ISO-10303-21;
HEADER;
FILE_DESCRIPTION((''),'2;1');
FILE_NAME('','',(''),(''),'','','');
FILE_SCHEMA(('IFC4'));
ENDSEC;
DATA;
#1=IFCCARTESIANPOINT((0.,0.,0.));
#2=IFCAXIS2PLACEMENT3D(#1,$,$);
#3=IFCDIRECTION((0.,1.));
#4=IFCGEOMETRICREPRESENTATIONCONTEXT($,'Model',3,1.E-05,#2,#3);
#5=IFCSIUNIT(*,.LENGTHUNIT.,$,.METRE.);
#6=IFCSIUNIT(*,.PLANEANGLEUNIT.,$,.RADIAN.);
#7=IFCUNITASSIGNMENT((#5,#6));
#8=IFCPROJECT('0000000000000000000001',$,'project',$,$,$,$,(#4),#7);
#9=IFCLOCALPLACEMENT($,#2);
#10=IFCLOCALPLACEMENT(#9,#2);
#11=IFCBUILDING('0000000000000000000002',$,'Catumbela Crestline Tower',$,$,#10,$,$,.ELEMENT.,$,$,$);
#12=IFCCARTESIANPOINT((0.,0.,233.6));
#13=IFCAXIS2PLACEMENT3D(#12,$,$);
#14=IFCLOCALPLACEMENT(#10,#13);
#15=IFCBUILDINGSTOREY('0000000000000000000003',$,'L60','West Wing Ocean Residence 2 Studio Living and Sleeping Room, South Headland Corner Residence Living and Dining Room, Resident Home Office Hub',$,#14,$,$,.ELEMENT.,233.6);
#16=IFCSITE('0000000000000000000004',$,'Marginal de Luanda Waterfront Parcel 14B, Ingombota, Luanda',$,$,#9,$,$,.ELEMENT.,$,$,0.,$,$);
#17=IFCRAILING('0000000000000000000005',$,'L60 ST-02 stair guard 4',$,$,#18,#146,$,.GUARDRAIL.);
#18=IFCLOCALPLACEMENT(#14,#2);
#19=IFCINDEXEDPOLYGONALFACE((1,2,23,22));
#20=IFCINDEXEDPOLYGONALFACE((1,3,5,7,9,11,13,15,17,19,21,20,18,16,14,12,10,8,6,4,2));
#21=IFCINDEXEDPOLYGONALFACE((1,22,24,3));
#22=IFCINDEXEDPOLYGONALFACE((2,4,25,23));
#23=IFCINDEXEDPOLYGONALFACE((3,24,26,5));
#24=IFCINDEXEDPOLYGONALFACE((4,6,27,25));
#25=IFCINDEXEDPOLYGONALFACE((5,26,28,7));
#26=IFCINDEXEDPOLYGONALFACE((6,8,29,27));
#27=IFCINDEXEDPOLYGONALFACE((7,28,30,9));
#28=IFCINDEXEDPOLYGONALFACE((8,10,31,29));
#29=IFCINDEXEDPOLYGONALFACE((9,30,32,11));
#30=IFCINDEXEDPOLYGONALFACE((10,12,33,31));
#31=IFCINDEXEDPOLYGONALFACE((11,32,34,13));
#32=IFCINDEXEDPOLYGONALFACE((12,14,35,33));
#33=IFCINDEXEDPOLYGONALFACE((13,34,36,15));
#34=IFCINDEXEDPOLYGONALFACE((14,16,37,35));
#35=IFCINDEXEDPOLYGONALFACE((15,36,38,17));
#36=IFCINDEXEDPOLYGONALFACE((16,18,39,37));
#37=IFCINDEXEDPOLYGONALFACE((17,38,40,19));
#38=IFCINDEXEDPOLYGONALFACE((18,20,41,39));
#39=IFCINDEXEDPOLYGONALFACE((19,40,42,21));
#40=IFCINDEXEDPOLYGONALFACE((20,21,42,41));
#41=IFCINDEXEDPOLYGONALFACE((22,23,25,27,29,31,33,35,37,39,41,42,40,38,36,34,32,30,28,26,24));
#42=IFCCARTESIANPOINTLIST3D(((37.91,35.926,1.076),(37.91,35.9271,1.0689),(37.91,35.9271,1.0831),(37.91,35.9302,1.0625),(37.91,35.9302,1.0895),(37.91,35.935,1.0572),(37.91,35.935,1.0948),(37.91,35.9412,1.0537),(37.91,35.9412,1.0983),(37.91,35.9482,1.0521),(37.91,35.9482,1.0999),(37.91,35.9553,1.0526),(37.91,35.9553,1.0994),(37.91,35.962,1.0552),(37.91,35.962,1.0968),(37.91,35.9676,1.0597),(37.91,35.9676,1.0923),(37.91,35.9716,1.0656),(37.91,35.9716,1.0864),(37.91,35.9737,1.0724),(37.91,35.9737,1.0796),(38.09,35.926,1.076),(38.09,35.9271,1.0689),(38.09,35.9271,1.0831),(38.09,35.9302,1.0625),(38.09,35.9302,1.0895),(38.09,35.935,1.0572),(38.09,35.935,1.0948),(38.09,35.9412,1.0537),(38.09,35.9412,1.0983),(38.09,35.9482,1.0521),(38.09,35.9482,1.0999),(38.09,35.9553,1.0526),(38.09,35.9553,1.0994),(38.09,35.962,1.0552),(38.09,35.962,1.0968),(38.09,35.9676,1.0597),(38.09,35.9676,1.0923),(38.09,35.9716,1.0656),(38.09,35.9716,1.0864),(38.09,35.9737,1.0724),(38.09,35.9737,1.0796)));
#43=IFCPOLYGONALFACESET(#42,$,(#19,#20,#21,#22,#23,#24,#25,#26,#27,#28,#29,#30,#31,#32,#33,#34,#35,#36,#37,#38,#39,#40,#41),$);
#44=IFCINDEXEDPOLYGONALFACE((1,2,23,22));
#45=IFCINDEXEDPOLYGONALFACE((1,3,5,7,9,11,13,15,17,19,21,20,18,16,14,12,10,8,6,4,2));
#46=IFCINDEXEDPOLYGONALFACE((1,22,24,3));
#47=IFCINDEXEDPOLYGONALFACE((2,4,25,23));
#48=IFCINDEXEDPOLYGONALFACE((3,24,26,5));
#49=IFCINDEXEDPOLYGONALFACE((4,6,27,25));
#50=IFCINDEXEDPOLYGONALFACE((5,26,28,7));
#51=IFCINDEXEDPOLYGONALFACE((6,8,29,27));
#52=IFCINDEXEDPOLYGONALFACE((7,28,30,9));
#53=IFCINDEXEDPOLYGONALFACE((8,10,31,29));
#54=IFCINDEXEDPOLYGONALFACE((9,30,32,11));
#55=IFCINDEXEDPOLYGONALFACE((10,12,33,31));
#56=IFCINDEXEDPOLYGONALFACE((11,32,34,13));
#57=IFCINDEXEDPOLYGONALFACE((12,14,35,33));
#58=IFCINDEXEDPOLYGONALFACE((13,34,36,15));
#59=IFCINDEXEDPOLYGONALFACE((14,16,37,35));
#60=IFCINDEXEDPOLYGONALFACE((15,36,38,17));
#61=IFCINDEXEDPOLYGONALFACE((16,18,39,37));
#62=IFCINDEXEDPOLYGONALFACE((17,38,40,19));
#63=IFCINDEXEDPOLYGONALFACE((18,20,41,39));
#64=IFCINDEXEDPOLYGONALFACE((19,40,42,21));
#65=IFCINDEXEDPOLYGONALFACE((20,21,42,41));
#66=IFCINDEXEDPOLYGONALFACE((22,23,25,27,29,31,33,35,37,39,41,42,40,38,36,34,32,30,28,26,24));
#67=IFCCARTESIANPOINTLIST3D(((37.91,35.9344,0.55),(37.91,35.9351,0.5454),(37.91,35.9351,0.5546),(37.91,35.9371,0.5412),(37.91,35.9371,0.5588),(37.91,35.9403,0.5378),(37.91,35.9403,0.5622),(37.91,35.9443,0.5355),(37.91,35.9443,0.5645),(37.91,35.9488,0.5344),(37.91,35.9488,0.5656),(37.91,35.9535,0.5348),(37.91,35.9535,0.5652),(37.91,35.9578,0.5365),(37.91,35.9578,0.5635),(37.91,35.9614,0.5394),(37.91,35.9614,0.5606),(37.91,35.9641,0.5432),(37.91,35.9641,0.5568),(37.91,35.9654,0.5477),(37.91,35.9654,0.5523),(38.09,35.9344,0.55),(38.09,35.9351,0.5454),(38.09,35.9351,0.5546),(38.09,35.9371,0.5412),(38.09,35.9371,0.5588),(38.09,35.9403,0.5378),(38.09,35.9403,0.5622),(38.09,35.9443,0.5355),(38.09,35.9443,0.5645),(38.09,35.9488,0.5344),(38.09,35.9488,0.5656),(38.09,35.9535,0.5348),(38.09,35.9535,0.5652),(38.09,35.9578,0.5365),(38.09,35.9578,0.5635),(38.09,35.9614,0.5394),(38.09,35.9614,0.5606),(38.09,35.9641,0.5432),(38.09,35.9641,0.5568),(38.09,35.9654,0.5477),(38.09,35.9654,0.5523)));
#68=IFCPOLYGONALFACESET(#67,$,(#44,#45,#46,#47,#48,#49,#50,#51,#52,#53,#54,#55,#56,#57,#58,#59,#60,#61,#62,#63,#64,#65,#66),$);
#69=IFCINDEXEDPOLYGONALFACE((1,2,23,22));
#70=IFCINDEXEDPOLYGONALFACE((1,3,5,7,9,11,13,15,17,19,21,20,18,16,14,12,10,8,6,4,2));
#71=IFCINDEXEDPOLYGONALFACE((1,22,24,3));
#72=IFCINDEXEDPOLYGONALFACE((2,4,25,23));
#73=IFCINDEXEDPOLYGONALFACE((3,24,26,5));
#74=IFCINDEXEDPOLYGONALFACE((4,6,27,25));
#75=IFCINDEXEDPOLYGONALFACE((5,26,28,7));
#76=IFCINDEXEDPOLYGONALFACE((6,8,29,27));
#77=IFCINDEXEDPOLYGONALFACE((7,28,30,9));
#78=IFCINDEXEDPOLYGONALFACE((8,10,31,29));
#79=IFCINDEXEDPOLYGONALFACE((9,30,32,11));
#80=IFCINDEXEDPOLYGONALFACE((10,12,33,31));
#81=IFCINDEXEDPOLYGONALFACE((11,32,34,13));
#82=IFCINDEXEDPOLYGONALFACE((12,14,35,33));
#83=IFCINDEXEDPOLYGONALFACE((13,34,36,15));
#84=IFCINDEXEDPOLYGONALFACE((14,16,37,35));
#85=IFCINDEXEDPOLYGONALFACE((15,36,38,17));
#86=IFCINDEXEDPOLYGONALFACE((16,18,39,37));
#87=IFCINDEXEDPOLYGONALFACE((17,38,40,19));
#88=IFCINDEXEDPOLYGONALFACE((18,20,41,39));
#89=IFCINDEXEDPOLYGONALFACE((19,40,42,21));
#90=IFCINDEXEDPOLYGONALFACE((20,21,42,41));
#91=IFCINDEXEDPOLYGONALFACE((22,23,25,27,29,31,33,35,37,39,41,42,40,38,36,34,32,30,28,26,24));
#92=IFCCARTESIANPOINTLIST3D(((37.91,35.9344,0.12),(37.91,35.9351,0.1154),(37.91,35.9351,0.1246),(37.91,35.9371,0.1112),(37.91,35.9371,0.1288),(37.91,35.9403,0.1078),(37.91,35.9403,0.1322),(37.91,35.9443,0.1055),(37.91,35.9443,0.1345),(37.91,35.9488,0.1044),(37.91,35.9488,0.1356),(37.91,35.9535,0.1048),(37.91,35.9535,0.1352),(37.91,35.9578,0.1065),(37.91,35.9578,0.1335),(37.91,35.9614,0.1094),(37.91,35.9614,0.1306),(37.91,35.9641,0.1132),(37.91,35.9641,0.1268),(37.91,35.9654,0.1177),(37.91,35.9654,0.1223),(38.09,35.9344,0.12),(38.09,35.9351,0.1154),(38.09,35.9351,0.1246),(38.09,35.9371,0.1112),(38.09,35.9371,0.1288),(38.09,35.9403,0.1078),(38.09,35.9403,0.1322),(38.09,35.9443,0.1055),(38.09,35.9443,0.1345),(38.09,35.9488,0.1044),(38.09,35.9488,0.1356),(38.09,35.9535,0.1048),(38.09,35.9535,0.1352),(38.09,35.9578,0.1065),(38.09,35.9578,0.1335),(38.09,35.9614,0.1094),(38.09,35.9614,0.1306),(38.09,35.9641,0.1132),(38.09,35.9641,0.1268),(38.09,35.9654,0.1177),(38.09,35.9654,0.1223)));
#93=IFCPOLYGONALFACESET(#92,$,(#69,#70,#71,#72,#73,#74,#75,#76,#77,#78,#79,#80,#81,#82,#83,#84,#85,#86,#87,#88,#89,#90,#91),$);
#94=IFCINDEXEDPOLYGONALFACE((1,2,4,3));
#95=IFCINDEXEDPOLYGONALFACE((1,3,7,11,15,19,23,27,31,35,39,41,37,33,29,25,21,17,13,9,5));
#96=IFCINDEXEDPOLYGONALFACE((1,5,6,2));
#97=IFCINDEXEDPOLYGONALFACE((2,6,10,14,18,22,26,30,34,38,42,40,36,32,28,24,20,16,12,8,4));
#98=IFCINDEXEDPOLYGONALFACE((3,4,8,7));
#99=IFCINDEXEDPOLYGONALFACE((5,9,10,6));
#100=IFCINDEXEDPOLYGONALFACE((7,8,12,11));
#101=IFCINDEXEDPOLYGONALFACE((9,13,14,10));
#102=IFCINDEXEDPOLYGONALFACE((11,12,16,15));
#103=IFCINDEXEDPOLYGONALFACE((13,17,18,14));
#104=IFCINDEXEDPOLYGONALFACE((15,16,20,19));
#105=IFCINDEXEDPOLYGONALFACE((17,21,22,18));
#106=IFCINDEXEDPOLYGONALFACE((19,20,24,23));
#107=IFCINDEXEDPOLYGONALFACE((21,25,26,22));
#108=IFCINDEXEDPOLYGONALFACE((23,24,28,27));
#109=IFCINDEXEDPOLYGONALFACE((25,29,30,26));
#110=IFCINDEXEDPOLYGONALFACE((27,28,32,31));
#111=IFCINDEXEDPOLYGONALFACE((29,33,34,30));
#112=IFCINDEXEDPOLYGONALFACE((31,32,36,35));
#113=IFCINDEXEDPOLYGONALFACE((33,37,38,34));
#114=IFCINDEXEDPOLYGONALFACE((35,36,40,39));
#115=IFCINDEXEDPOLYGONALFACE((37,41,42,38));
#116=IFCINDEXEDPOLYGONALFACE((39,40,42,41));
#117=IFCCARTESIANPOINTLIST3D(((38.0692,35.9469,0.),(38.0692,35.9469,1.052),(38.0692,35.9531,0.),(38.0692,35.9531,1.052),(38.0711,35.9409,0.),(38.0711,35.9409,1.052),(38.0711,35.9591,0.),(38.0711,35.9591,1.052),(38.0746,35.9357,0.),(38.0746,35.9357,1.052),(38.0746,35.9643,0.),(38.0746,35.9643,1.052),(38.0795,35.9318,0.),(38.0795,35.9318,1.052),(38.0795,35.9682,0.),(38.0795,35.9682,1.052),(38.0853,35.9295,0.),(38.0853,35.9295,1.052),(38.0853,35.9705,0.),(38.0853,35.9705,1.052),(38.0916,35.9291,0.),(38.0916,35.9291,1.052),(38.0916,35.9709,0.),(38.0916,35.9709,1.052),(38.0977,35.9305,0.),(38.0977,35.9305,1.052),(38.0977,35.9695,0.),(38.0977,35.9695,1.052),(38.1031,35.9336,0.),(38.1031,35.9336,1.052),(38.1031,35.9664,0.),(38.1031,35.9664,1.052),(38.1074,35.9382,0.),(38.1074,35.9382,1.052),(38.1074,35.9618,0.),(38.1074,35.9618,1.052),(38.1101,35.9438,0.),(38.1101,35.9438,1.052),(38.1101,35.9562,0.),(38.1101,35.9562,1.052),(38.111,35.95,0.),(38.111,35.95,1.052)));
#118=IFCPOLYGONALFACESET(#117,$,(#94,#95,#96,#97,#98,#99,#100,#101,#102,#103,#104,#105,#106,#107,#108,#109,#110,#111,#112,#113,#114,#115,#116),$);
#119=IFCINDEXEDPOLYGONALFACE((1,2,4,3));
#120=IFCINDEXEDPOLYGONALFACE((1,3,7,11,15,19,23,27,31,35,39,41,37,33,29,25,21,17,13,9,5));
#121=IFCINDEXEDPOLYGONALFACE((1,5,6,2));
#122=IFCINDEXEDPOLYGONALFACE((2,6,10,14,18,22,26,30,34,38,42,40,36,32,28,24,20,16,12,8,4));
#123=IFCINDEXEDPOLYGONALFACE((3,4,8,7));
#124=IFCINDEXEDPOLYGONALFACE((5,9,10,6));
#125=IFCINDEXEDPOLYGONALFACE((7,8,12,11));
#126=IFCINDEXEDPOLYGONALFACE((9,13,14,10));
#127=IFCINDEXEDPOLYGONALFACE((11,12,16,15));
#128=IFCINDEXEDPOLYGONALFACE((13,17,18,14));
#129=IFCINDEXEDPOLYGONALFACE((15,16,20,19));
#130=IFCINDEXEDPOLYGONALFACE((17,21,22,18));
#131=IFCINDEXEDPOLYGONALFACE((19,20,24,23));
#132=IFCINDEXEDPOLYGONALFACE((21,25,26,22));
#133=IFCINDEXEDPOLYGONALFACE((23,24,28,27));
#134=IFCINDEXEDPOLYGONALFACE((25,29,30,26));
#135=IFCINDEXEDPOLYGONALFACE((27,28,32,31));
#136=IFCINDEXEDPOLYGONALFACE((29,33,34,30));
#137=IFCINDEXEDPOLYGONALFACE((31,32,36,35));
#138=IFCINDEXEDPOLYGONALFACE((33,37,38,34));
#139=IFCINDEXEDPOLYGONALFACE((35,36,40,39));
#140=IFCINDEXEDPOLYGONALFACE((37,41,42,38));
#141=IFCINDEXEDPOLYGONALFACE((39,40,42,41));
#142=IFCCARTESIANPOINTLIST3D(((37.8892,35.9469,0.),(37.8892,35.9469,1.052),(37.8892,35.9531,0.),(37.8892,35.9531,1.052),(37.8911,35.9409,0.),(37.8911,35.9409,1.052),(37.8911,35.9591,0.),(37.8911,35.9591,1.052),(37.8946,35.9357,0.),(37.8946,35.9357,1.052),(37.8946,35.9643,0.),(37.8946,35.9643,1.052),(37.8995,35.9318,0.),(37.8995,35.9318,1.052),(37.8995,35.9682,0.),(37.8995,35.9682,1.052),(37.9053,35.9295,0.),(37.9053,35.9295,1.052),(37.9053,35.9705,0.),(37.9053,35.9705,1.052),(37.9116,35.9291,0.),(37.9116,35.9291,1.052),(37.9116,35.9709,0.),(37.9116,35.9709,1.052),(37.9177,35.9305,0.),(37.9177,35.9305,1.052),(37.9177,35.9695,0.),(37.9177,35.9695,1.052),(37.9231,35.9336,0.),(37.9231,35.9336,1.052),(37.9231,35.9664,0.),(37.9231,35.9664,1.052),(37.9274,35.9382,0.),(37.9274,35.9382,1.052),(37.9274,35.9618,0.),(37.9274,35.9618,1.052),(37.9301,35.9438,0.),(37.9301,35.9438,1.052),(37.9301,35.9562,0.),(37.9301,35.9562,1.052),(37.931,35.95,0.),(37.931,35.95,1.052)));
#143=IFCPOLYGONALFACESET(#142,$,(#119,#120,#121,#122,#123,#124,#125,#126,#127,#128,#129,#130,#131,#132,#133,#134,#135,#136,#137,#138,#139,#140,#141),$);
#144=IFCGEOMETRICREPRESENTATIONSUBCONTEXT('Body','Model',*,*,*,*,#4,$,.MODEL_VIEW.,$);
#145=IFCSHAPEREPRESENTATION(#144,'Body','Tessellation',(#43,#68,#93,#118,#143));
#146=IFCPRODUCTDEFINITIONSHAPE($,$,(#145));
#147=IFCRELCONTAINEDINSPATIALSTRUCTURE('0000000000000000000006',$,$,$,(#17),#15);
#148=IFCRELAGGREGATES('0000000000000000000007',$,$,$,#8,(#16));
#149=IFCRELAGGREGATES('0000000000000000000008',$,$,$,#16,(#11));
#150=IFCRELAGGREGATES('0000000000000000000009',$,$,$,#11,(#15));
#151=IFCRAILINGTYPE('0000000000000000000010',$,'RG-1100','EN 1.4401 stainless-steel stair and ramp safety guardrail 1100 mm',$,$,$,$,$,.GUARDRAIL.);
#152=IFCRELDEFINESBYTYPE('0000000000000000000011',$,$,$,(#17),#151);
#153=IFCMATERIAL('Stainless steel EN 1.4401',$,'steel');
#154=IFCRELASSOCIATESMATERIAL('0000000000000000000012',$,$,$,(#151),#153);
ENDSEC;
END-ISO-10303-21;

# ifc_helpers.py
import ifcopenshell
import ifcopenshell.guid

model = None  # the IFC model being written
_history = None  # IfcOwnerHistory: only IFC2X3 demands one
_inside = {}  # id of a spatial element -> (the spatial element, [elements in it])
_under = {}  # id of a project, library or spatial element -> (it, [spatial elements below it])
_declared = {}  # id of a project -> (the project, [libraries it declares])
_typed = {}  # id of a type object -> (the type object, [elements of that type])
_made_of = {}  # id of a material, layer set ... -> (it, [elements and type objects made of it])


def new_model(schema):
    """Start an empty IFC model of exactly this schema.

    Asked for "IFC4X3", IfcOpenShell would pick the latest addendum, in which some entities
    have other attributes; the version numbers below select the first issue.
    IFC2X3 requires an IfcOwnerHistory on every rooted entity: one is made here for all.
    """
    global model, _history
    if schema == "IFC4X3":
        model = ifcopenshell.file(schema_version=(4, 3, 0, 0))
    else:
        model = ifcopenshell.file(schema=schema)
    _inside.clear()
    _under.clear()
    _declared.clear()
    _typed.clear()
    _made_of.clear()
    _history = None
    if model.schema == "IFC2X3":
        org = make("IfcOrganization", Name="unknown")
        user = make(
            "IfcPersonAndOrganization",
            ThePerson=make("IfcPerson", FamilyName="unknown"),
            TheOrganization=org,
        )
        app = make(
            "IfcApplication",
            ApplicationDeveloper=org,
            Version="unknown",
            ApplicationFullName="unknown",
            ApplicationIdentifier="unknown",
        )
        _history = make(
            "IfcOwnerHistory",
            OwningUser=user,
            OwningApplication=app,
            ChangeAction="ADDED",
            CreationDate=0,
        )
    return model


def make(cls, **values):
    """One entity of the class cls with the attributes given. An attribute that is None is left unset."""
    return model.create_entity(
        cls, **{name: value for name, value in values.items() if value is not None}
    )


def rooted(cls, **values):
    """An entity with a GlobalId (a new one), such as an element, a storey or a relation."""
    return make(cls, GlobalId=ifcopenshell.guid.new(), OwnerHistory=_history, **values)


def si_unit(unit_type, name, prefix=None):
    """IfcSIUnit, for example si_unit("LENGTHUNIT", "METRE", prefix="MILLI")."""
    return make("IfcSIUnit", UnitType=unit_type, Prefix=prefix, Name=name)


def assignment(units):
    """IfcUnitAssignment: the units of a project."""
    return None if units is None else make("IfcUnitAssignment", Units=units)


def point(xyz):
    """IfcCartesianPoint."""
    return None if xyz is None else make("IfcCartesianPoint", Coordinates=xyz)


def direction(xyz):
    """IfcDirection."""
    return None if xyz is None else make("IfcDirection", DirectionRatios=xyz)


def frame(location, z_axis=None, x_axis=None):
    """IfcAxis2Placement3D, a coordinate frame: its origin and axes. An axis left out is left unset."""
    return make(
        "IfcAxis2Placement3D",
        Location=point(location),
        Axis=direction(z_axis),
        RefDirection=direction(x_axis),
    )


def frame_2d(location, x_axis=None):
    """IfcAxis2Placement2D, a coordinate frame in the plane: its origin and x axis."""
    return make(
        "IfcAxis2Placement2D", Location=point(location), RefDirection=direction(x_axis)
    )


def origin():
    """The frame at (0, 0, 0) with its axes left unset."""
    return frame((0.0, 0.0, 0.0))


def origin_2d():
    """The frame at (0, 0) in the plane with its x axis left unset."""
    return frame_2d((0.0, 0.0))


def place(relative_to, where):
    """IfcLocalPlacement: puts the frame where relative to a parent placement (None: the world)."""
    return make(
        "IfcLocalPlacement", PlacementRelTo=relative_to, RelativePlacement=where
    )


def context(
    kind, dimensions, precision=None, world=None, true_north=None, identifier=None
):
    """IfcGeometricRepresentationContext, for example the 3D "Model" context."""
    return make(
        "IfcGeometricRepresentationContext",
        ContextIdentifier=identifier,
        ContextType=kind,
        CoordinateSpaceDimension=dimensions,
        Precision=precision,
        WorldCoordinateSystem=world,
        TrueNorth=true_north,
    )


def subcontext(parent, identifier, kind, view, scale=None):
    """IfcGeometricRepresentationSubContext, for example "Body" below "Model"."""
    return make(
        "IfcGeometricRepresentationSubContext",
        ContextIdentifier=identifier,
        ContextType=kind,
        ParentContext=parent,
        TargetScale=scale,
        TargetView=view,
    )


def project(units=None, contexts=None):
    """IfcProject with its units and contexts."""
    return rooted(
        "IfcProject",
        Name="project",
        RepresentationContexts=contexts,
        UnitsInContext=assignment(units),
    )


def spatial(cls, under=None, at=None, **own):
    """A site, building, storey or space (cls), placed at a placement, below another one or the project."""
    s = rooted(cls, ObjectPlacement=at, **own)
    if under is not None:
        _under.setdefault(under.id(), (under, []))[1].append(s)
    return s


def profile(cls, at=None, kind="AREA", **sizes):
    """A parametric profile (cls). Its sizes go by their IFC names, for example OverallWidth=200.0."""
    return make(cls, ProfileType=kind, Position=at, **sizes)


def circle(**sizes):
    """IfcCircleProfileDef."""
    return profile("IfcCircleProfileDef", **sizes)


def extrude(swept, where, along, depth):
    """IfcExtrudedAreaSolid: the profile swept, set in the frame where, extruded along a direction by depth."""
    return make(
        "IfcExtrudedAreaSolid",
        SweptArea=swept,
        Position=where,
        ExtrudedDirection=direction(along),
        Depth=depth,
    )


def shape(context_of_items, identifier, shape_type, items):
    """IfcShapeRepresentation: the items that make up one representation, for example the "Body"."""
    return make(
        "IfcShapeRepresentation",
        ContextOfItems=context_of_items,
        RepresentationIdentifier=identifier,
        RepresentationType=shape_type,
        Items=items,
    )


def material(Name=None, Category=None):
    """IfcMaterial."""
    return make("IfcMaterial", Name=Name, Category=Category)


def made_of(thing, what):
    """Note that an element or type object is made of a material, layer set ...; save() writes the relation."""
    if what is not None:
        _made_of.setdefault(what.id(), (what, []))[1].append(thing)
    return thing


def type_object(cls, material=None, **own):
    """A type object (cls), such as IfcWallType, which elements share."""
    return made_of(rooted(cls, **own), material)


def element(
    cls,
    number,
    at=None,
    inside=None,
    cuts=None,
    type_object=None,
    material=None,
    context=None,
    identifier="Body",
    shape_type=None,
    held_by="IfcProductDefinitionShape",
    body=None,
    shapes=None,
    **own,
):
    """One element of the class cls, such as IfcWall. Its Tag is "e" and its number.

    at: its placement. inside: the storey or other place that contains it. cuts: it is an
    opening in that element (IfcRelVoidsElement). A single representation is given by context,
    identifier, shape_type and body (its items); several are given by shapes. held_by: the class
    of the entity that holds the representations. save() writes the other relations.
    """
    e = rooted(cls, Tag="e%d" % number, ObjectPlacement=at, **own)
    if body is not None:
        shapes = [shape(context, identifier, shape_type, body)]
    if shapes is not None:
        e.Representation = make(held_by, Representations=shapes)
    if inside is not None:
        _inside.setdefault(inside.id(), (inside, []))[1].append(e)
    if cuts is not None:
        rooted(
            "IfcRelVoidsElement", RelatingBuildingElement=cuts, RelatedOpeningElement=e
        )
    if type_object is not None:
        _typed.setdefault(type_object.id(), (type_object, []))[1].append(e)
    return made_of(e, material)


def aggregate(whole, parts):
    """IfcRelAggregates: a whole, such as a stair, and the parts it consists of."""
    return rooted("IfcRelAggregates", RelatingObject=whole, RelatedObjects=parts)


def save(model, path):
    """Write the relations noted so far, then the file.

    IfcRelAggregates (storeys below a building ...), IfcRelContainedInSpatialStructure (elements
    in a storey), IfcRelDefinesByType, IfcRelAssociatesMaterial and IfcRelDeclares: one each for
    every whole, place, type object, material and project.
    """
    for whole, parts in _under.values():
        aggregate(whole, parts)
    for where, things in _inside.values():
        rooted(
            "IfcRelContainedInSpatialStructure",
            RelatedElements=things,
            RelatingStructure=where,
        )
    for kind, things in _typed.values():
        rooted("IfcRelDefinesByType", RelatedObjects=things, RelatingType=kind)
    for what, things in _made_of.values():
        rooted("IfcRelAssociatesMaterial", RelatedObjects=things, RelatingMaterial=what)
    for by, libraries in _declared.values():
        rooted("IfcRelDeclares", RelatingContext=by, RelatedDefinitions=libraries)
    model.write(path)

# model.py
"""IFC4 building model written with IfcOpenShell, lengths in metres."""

from ifc_helpers import new_model, si_unit, direction, frame, origin, origin_2d, place, context, subcontext, project, spatial, circle, extrude, material, type_object, element, save


model = new_model("IFC4")

# Units and contexts
model_context = context("Model", 3, precision=1e-05, world=origin(), true_north=direction((0.0, 1.0)))
body_context = subcontext(model_context, "Body", "Model", "MODEL_VIEW")
ifc_project = project(units=[si_unit("LENGTHUNIT", "METRE"), si_unit("PLANEANGLEUNIT", "RADIAN")], contexts=[model_context])

# Site, building, storey
site_placement = place(None, origin())
site = spatial("IfcSite", under=ifc_project, at=site_placement, Name="Marginal de Luanda Waterfront Parcel 14B, Ingombota, Luanda", CompositionType="ELEMENT", RefElevation=0.0)
building_placement = place(site_placement, origin())
building = spatial("IfcBuilding", under=site, at=building_placement, Name="Catumbela Crestline Tower", CompositionType="ELEMENT")
storey_placement = place(building_placement, frame((0.0, 0.0, 233.6)))
storey = spatial("IfcBuildingStorey", under=building, at=storey_placement, Name="L60", Description="West Wing Ocean Residence 2 Studio Living and Sleeping Room, South Headland Corner Residence Living and Dining Room, Resident Home Office Hub", CompositionType="ELEMENT", Elevation=233.6)

# Railing
ifc_material_1 = material(Name="Stainless steel EN 1.4401", Category="steel")
railing_type_1 = type_object("IfcRailingType", Name="RG-1100", Description="EN 1.4401 stainless-steel stair and ramp safety guardrail 1100 mm", PredefinedType="GUARDRAIL", material=ifc_material_1)
for number, where, name in (
    (1, (38.09, 35.95, 0.0), "L60 ST-02 stair guard 4"),
):
    element("IfcRailing", number, at=place(storey_placement, frame(where)), inside=storey, type_object=railing_type_1, Name=name, PredefinedType="GUARDRAIL", context=body_context, shape_type="SweptSolid", body=[
        extrude(circle(Radius=0.024, at=origin_2d()), frame((0.0, 0.0, 1.076), z_axis=(-1.0, 0.0, 0.0), x_axis=(0.0, -1.0, 0.0)), (0.0, 0.0, 1.0), 0.18),
        extrude(circle(Radius=0.0156, at=origin_2d()), frame((0.0, 0.0, 0.55), z_axis=(-1.0, 0.0, 0.0), x_axis=(0.0, -1.0, 0.0)), (0.0, 0.0, 1.0), 0.18),
        extrude(circle(Radius=0.0156, at=origin_2d()), frame((0.0, 0.0, 0.12), z_axis=(-1.0, 0.0, 0.0), x_axis=(0.0, -1.0, 0.0)), (0.0, 0.0, 1.0), 0.18),
        extrude(circle(Radius=0.021, at=origin_2d()), origin(), (0.0, 0.0, 1.0), 1.052),
        extrude(circle(Radius=0.021, at=origin_2d()), frame((-0.18, 0.0, 0.0)), (0.0, 0.0, 1.0), 1.052),
    ])

save(model, "model.ifc")
